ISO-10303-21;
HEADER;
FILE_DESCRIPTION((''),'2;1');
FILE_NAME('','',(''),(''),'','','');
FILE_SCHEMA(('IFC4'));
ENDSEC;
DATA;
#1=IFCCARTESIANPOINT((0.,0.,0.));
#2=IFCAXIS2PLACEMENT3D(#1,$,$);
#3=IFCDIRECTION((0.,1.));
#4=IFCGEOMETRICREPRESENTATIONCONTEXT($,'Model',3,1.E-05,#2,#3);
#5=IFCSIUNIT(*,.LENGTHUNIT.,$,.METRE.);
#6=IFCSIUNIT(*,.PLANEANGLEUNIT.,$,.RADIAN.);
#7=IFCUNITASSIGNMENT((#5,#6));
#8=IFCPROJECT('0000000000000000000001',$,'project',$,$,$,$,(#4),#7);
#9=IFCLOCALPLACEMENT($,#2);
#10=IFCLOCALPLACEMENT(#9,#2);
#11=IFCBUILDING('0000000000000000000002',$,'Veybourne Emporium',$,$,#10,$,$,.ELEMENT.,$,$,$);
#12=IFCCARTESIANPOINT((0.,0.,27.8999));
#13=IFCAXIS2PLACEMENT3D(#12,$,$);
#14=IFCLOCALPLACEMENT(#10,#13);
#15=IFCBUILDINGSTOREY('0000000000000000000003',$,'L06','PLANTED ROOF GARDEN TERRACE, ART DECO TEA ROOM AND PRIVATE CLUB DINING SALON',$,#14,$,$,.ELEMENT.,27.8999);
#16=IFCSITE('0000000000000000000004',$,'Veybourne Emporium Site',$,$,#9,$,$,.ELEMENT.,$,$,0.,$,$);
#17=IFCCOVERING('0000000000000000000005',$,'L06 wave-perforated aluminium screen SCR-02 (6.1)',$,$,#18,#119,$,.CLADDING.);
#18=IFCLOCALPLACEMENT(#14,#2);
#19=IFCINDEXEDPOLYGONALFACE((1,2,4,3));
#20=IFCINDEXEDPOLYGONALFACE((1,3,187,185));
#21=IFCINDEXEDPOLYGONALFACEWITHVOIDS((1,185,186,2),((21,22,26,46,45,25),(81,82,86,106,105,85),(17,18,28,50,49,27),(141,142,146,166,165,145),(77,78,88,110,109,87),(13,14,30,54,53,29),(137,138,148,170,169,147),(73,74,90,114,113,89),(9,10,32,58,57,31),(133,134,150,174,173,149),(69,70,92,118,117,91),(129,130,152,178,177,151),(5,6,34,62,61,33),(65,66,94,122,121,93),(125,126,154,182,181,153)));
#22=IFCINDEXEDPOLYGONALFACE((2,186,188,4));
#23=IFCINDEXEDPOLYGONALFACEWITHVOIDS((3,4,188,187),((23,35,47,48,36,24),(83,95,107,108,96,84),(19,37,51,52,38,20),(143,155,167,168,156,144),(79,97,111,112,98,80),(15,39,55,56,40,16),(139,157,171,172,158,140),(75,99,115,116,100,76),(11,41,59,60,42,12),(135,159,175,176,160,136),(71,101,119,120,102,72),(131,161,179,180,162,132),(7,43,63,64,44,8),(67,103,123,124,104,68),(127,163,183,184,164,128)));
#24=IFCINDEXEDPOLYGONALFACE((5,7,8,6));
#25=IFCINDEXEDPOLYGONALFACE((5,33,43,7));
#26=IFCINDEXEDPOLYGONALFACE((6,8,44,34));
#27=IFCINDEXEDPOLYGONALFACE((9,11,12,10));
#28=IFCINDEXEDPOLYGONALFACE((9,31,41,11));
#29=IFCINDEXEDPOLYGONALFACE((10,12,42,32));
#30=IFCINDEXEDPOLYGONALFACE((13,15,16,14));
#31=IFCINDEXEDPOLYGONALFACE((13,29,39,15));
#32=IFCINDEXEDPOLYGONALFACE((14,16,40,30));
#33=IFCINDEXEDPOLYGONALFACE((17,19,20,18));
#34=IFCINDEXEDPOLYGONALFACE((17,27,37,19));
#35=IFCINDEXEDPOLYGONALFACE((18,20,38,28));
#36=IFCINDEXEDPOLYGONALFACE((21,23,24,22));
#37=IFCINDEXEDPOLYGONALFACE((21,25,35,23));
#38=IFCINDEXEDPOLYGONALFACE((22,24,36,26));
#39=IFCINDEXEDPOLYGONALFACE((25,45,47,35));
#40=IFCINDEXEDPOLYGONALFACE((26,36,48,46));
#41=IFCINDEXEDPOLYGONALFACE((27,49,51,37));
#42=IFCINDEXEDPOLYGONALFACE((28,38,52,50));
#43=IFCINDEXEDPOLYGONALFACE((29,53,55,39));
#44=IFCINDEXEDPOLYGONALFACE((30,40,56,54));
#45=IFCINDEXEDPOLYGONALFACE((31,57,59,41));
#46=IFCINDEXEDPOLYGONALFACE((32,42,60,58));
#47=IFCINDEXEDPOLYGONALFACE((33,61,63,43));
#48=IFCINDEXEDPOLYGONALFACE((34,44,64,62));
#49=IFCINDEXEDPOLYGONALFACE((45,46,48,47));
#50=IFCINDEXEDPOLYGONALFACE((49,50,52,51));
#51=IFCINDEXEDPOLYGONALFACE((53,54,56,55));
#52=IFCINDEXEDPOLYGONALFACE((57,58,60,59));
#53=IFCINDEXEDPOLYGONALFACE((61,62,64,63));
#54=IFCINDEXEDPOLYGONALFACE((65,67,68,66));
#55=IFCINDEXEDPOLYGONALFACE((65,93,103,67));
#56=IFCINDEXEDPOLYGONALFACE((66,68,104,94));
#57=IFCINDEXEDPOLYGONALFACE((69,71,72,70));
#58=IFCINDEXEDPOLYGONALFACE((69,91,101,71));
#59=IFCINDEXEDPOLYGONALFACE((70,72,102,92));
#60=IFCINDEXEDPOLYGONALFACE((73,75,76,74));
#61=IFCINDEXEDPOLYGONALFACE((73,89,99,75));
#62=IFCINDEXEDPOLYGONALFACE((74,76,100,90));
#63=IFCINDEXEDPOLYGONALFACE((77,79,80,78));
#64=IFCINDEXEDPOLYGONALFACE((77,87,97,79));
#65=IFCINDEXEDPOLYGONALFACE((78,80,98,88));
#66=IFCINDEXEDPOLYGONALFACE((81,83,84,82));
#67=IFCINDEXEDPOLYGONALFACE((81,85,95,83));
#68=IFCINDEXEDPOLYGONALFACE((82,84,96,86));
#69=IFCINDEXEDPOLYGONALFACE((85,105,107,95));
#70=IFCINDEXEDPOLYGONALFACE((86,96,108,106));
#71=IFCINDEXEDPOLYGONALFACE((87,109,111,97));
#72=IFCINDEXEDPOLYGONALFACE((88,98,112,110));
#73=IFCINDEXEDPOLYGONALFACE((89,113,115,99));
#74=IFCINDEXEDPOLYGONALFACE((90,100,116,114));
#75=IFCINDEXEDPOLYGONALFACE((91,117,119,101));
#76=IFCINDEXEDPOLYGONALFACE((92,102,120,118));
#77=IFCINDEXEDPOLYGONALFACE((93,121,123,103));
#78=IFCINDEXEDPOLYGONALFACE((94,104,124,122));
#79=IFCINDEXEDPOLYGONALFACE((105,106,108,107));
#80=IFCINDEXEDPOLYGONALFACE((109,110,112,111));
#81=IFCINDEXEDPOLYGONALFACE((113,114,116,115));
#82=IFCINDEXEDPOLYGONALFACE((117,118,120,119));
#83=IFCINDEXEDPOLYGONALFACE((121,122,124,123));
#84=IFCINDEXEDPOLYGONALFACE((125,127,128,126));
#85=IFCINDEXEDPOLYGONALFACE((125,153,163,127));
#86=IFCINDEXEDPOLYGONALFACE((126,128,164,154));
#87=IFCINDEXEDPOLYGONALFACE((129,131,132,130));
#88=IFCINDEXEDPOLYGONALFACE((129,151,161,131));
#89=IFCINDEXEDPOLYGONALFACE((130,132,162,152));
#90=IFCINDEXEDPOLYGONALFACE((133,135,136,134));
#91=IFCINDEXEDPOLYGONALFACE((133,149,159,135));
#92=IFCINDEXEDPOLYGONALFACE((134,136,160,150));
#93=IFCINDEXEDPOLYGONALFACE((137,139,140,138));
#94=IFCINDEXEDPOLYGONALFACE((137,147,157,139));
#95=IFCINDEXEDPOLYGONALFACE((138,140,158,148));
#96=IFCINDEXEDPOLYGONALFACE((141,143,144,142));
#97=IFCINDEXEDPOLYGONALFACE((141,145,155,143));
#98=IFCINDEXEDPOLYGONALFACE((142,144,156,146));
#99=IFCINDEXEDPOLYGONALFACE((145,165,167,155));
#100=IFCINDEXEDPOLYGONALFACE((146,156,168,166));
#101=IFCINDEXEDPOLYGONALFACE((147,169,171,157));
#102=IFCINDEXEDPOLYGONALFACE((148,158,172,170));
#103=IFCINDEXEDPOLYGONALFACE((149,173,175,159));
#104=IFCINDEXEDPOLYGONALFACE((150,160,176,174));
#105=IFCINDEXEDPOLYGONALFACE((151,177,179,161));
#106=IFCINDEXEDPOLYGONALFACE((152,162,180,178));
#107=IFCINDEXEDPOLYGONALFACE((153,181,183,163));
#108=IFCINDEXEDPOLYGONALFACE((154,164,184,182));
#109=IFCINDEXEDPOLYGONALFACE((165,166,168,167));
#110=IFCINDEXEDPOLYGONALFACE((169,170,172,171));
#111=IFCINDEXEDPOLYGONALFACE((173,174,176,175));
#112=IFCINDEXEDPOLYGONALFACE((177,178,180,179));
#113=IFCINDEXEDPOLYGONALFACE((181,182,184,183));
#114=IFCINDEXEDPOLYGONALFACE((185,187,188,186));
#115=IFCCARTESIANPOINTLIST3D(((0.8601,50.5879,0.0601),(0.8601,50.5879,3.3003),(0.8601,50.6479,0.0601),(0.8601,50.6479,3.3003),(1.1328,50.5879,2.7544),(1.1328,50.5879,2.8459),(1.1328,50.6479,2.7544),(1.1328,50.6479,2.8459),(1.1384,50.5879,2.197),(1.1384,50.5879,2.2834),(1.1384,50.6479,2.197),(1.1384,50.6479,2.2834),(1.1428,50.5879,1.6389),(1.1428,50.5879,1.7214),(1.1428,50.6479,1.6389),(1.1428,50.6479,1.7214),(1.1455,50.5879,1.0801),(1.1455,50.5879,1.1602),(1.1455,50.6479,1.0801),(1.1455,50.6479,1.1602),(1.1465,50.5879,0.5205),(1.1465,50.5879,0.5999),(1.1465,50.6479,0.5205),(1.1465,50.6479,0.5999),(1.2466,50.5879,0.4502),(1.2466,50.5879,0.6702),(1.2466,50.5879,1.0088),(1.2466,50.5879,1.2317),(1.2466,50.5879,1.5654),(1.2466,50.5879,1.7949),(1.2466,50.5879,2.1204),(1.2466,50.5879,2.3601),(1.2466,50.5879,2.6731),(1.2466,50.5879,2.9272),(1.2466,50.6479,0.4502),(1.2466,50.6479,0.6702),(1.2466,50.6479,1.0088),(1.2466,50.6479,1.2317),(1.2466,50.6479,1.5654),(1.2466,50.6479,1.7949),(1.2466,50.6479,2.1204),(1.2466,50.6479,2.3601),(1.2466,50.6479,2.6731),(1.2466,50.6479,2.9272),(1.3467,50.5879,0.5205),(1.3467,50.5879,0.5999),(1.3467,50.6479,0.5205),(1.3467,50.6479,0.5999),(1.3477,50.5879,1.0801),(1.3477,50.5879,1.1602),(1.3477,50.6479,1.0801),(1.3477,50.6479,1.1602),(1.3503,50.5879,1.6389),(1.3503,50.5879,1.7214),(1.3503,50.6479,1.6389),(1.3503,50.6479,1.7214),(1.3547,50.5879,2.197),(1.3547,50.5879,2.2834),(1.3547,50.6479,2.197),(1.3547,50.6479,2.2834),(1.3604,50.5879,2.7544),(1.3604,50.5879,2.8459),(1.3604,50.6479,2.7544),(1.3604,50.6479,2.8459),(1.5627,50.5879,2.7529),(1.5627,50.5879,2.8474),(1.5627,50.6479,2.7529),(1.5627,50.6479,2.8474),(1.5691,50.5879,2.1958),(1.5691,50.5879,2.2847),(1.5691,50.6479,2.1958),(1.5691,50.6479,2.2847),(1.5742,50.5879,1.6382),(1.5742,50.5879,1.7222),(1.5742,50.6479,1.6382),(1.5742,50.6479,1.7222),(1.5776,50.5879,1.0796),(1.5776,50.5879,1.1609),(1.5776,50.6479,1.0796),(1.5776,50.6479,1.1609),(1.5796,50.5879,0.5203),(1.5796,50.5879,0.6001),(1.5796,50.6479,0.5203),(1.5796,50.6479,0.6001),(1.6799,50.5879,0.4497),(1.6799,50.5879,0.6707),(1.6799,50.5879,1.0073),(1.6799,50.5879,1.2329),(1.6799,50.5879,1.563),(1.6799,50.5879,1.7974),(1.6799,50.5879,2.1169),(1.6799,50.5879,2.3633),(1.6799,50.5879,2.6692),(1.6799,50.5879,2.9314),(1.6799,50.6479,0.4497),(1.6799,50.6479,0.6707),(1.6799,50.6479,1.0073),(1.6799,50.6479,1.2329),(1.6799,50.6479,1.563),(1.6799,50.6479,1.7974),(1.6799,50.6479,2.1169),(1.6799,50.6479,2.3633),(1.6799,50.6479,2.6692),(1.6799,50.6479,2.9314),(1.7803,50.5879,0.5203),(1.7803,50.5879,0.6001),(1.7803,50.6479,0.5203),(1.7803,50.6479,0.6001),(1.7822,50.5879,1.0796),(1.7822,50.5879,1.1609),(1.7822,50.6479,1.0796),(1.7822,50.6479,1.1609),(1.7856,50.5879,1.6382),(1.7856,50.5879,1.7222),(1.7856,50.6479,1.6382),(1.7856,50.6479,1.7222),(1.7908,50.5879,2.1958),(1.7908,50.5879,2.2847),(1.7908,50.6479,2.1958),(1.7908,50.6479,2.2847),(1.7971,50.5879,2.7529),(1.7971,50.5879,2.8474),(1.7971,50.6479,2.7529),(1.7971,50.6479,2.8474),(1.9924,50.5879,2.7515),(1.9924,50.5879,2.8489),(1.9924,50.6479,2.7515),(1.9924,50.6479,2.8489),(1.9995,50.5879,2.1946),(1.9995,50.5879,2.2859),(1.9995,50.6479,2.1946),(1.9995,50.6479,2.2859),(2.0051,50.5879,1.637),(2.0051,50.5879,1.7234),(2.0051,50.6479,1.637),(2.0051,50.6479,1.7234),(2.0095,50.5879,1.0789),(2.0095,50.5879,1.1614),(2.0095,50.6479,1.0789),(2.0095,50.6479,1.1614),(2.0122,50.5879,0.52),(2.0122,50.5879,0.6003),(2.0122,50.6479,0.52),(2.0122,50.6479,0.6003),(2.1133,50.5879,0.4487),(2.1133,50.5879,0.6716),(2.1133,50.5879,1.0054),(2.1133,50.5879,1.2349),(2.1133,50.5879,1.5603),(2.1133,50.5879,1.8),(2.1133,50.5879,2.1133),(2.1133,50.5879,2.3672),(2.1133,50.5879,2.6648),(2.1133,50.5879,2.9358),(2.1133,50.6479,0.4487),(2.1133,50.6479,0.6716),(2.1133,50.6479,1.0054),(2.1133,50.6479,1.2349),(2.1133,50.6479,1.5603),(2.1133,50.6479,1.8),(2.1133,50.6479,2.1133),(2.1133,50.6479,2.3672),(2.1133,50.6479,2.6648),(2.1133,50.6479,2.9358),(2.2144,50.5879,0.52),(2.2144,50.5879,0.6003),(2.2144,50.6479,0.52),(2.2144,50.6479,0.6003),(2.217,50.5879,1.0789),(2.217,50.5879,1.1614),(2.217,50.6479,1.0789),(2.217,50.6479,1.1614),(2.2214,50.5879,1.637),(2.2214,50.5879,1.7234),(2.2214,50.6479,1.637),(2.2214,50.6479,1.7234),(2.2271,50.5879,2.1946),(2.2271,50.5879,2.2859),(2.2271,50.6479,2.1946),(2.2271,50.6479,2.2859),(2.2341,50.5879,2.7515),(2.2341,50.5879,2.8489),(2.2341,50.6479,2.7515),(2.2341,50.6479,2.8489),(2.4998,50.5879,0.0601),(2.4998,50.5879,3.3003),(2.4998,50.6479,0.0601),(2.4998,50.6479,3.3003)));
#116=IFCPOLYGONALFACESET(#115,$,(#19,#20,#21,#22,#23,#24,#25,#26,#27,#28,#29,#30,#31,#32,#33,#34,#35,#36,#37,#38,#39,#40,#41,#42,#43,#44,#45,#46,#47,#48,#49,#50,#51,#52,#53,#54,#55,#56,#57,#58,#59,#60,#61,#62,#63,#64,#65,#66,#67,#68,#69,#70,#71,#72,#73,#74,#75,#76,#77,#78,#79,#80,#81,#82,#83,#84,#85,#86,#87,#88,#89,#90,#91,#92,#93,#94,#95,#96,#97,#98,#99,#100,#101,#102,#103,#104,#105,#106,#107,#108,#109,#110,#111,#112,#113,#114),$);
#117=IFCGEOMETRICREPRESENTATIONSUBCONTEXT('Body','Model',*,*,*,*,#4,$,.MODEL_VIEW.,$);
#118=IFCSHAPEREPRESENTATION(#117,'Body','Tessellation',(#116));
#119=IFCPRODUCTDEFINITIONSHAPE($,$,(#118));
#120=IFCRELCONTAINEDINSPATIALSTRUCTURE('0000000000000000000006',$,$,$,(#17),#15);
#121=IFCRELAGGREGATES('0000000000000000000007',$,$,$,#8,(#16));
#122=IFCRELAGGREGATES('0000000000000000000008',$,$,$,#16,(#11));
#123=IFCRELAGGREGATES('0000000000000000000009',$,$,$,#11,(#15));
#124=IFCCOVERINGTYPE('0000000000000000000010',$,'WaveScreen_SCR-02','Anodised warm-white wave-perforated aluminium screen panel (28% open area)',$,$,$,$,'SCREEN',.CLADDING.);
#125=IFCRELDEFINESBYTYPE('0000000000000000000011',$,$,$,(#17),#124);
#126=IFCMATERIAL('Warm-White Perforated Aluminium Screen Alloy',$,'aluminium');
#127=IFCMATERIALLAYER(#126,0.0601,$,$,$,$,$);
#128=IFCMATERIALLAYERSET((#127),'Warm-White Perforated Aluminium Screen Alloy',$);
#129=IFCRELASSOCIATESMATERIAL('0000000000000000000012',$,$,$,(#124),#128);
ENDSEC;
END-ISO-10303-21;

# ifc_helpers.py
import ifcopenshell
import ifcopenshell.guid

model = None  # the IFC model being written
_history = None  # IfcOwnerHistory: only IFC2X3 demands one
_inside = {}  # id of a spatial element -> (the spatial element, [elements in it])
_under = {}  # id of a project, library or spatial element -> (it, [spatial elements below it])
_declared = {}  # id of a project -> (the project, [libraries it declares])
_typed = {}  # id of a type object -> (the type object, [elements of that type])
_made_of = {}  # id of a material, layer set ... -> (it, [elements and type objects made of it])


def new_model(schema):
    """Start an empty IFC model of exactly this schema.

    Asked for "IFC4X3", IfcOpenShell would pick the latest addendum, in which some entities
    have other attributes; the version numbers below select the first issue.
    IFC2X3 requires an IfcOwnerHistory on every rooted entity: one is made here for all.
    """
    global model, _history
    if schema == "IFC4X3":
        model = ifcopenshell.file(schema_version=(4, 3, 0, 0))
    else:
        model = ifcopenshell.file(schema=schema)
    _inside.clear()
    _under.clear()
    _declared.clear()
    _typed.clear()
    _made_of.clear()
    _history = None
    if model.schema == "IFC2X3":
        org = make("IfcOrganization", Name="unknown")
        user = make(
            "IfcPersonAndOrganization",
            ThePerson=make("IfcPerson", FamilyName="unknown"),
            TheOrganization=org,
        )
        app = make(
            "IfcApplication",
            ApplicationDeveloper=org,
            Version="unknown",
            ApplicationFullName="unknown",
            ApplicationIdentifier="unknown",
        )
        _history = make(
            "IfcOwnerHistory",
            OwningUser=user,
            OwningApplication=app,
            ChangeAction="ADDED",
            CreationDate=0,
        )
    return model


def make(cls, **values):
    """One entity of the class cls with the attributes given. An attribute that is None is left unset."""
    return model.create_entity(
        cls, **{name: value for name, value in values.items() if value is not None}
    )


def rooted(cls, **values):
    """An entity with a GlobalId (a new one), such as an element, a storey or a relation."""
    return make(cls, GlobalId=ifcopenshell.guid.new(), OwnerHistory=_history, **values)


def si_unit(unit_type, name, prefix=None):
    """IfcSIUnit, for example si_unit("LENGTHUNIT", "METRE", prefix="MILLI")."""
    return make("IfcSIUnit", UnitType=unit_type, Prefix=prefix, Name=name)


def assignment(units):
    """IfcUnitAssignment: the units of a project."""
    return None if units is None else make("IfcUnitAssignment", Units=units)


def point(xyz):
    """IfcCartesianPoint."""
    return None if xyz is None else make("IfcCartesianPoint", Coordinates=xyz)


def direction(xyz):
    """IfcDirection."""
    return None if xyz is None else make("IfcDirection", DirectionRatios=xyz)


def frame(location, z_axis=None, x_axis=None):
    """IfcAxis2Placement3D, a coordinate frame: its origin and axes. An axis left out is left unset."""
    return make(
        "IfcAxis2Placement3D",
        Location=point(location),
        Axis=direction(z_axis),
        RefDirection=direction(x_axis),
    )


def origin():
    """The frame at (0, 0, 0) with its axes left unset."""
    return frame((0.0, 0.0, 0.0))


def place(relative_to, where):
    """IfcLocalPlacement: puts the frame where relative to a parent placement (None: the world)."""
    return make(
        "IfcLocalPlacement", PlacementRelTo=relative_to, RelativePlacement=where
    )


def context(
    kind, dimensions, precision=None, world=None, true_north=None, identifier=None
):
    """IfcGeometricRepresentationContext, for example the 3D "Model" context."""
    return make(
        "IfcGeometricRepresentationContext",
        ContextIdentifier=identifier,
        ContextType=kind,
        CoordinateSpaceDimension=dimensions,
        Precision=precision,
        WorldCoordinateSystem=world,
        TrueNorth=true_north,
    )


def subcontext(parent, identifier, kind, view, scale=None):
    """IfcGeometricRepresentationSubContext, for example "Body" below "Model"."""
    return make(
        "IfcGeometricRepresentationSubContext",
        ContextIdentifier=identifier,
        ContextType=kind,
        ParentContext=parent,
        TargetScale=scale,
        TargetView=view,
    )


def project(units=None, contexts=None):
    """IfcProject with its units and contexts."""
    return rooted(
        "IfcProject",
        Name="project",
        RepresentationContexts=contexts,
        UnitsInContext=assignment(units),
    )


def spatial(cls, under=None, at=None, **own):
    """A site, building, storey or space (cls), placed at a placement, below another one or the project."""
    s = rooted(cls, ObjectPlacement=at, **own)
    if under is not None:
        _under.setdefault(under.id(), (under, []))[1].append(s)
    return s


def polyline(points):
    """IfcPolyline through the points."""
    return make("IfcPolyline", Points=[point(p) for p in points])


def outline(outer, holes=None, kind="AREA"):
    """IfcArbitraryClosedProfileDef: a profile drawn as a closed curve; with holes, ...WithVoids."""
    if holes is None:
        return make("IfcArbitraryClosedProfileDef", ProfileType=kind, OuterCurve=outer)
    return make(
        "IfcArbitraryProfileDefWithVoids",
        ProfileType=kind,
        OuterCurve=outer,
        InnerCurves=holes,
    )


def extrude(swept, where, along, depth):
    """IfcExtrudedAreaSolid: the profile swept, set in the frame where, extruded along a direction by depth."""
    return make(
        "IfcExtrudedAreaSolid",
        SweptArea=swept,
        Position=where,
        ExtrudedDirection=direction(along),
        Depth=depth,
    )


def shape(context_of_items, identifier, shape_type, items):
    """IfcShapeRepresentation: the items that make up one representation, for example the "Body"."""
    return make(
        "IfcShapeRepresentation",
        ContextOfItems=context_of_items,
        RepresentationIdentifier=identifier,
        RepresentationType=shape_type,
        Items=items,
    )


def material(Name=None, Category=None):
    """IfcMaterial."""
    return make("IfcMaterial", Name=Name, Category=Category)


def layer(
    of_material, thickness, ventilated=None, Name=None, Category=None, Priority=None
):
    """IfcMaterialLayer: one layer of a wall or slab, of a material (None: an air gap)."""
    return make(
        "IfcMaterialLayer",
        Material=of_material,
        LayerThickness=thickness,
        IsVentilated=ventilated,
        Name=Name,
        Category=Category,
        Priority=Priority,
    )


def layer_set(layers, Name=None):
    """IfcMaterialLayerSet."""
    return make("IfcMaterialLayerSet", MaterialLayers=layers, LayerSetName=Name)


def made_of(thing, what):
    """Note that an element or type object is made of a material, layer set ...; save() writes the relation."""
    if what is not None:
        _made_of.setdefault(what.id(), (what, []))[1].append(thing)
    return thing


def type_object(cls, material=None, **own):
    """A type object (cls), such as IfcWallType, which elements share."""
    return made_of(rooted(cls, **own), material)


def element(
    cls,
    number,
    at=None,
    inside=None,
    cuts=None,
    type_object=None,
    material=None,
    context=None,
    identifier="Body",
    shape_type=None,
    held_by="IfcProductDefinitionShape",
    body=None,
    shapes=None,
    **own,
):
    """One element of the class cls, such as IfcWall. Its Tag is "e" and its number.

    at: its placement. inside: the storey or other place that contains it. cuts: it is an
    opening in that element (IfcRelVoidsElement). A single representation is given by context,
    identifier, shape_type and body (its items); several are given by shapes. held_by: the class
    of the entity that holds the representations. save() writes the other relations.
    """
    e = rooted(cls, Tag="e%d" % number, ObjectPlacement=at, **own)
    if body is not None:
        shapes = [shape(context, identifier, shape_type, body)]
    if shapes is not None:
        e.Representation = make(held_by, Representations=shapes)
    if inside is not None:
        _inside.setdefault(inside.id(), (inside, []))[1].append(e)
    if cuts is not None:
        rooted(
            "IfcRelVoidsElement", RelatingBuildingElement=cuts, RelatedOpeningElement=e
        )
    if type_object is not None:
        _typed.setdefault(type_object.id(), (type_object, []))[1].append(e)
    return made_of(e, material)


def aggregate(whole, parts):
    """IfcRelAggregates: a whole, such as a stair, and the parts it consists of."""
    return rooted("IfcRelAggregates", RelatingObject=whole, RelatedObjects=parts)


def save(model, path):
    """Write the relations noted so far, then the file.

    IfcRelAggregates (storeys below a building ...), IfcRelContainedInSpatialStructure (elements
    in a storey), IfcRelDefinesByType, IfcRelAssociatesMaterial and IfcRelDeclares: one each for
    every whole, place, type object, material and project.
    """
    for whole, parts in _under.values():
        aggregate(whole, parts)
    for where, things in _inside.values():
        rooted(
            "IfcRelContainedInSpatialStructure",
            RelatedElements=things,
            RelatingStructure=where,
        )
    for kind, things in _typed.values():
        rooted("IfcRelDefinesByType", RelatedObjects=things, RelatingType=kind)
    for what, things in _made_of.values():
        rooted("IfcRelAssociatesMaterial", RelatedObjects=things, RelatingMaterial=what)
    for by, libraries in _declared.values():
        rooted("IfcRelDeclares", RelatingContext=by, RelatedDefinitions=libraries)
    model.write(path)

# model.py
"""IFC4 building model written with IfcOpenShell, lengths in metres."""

from ifc_helpers import new_model, si_unit, direction, frame, origin, place, context, subcontext, project, spatial, polyline, outline, extrude, material, layer, layer_set, type_object, element, save


model = new_model("IFC4")

# Units and contexts
model_context = context("Model", 3, precision=1e-05, world=origin(), true_north=direction((0.0, 1.0)))
body_context = subcontext(model_context, "Body", "Model", "MODEL_VIEW")
ifc_project = project(units=[si_unit("LENGTHUNIT", "METRE"), si_unit("PLANEANGLEUNIT", "RADIAN")], contexts=[model_context])

# Site, building, storey
site_placement = place(None, origin())
site = spatial("IfcSite", under=ifc_project, at=site_placement, Name="Veybourne Emporium Site", CompositionType="ELEMENT", RefElevation=0.0)
building_placement = place(site_placement, origin())
building = spatial("IfcBuilding", under=site, at=building_placement, Name="Veybourne Emporium", CompositionType="ELEMENT")
storey_placement = place(building_placement, frame((0.0, 0.0, 27.8999)))
storey = spatial("IfcBuildingStorey", under=building, at=storey_placement, Name="L06", Description="PLANTED ROOF GARDEN TERRACE, ART DECO TEA ROOM AND PRIVATE CLUB DINING SALON", CompositionType="ELEMENT", Elevation=27.8999)

# Covering
ifc_material_1 = material(Name="Warm-White Perforated Aluminium Screen Alloy", Category="aluminium")
ifc_layer_1 = layer(ifc_material_1, 0.0601)
ifc_layer_set_1 = layer_set([ifc_layer_1], Name="Warm-White Perforated Aluminium Screen Alloy")
covering_type_1 = type_object("IfcCoveringType", Name="WaveScreen_SCR-02", Description="Anodised warm-white wave-perforated aluminium screen panel (28% open area)", ElementType="SCREEN", PredefinedType="CLADDING", material=ifc_layer_set_1)
covering_1_placement = place(storey_placement, frame((1.6799, 50.6479, 1.6802), z_axis=(0.0, -1.0, 0.0), x_axis=(1.0, 0.0, 0.0)))
element("IfcCovering", 1, at=covering_1_placement, inside=storey, type_object=covering_type_1, Name="L06 wave-perforated aluminium screen SCR-02 (6.1)", PredefinedType="CLADDING", context=body_context, shape_type="SweptSolid", body=[
    extrude(outline(polyline([(-0.8198, -1.6201), (0.8198, -1.6201), (0.8198, 1.6201), (-0.8198, 1.6201), (-0.8198, -1.6201)]), holes=[polyline([(-0.4333, -1.01), (-0.3333, -1.0803), (-0.3333, -1.1597), (-0.4333, -1.23), (-0.5334, -1.1597), (-0.5334, -1.0803), (-0.4333, -1.01)]), polyline([(-0.4333, -0.4485), (-0.3323, -0.52), (-0.3323, -0.6001), (-0.4333, -0.6714), (-0.5344, -0.6001), (-0.5344, -0.52), (-0.4333, -0.4485)]), polyline([(-0.4333, 0.1147), (-0.3296, 0.0413), (-0.3296, -0.0413), (-0.4333, -0.1147), (-0.5371, -0.0413), (-0.5371, 0.0413), (-0.4333, 0.1147)]), polyline([(-0.4333, 0.6799), (-0.3252, 0.6033), (-0.3252, 0.5168), (-0.4333, 0.4402), (-0.5415, 0.5168), (-0.5415, 0.6033), (-0.4333, 0.6799)]), polyline([(-0.4333, 1.2471), (-0.3196, 1.1658), (-0.3196, 1.0742), (-0.4333, 0.9929), (-0.5471, 1.0742), (-0.5471, 1.1658), (-0.4333, 1.2471)]), polyline([(0.0, -1.0095), (0.1003, -1.0801), (0.1003, -1.1599), (0.0, -1.2305), (-0.1003, -1.1599), (-0.1003, -1.0801), (0.0, -1.0095)]), polyline([(0.0, -0.4473), (0.1023, -0.5193), (0.1023, -0.6006), (0.0, -0.6729), (-0.1023, -0.6006), (-0.1023, -0.5193), (0.0, -0.4473)]), polyline([(0.0, 0.1172), (0.1057, 0.042), (0.1057, -0.042), (0.0, -0.1172), (-0.1057, -0.042), (-0.1057, 0.042), (0.0, 0.1172)]), polyline([(0.0, 0.6831), (0.1108, 0.6045), (0.1108, 0.5156), (0.0, 0.4368), (-0.1108, 0.5156), (-0.1108, 0.6045), (0.0, 0.6831)]), polyline([(0.0, 1.2512), (0.1172, 1.1672), (0.1172, 1.0728), (0.0, 0.989), (-0.1172, 1.0728), (-0.1172, 1.1672), (0.0, 1.2512)]), polyline([(0.4333, -1.0085), (0.5344, -1.0798), (0.5344, -1.1602), (0.4333, -1.2314), (0.3323, -1.1602), (0.3323, -1.0798), (0.4333, -1.0085)]), polyline([(0.4333, -0.4453), (0.5371, -0.5188), (0.5371, -0.6013), (0.4333, -0.6748), (0.3296, -0.6013), (0.3296, -0.5188), (0.4333, -0.4453)]), polyline([(0.4333, 0.1199), (0.5415, 0.0432), (0.5415, -0.0432), (0.4333, -0.1199), (0.3252, -0.0432), (0.3252, 0.0432), (0.4333, 0.1199)]), polyline([(0.4333, 0.687), (0.5471, 0.6057), (0.5471, 0.5144), (0.4333, 0.4331), (0.3196, 0.5144), (0.3196, 0.6057), (0.4333, 0.687)]), polyline([(0.4333, 1.2556), (0.5542, 1.1687), (0.5542, 1.0713), (0.4333, 0.9846), (0.3125, 1.0713), (0.3125, 1.1687), (0.4333, 1.2556)])]), origin(), (0.0, 0.0, 1.0), 0.0601),
])

save(model, "model.ifc")
